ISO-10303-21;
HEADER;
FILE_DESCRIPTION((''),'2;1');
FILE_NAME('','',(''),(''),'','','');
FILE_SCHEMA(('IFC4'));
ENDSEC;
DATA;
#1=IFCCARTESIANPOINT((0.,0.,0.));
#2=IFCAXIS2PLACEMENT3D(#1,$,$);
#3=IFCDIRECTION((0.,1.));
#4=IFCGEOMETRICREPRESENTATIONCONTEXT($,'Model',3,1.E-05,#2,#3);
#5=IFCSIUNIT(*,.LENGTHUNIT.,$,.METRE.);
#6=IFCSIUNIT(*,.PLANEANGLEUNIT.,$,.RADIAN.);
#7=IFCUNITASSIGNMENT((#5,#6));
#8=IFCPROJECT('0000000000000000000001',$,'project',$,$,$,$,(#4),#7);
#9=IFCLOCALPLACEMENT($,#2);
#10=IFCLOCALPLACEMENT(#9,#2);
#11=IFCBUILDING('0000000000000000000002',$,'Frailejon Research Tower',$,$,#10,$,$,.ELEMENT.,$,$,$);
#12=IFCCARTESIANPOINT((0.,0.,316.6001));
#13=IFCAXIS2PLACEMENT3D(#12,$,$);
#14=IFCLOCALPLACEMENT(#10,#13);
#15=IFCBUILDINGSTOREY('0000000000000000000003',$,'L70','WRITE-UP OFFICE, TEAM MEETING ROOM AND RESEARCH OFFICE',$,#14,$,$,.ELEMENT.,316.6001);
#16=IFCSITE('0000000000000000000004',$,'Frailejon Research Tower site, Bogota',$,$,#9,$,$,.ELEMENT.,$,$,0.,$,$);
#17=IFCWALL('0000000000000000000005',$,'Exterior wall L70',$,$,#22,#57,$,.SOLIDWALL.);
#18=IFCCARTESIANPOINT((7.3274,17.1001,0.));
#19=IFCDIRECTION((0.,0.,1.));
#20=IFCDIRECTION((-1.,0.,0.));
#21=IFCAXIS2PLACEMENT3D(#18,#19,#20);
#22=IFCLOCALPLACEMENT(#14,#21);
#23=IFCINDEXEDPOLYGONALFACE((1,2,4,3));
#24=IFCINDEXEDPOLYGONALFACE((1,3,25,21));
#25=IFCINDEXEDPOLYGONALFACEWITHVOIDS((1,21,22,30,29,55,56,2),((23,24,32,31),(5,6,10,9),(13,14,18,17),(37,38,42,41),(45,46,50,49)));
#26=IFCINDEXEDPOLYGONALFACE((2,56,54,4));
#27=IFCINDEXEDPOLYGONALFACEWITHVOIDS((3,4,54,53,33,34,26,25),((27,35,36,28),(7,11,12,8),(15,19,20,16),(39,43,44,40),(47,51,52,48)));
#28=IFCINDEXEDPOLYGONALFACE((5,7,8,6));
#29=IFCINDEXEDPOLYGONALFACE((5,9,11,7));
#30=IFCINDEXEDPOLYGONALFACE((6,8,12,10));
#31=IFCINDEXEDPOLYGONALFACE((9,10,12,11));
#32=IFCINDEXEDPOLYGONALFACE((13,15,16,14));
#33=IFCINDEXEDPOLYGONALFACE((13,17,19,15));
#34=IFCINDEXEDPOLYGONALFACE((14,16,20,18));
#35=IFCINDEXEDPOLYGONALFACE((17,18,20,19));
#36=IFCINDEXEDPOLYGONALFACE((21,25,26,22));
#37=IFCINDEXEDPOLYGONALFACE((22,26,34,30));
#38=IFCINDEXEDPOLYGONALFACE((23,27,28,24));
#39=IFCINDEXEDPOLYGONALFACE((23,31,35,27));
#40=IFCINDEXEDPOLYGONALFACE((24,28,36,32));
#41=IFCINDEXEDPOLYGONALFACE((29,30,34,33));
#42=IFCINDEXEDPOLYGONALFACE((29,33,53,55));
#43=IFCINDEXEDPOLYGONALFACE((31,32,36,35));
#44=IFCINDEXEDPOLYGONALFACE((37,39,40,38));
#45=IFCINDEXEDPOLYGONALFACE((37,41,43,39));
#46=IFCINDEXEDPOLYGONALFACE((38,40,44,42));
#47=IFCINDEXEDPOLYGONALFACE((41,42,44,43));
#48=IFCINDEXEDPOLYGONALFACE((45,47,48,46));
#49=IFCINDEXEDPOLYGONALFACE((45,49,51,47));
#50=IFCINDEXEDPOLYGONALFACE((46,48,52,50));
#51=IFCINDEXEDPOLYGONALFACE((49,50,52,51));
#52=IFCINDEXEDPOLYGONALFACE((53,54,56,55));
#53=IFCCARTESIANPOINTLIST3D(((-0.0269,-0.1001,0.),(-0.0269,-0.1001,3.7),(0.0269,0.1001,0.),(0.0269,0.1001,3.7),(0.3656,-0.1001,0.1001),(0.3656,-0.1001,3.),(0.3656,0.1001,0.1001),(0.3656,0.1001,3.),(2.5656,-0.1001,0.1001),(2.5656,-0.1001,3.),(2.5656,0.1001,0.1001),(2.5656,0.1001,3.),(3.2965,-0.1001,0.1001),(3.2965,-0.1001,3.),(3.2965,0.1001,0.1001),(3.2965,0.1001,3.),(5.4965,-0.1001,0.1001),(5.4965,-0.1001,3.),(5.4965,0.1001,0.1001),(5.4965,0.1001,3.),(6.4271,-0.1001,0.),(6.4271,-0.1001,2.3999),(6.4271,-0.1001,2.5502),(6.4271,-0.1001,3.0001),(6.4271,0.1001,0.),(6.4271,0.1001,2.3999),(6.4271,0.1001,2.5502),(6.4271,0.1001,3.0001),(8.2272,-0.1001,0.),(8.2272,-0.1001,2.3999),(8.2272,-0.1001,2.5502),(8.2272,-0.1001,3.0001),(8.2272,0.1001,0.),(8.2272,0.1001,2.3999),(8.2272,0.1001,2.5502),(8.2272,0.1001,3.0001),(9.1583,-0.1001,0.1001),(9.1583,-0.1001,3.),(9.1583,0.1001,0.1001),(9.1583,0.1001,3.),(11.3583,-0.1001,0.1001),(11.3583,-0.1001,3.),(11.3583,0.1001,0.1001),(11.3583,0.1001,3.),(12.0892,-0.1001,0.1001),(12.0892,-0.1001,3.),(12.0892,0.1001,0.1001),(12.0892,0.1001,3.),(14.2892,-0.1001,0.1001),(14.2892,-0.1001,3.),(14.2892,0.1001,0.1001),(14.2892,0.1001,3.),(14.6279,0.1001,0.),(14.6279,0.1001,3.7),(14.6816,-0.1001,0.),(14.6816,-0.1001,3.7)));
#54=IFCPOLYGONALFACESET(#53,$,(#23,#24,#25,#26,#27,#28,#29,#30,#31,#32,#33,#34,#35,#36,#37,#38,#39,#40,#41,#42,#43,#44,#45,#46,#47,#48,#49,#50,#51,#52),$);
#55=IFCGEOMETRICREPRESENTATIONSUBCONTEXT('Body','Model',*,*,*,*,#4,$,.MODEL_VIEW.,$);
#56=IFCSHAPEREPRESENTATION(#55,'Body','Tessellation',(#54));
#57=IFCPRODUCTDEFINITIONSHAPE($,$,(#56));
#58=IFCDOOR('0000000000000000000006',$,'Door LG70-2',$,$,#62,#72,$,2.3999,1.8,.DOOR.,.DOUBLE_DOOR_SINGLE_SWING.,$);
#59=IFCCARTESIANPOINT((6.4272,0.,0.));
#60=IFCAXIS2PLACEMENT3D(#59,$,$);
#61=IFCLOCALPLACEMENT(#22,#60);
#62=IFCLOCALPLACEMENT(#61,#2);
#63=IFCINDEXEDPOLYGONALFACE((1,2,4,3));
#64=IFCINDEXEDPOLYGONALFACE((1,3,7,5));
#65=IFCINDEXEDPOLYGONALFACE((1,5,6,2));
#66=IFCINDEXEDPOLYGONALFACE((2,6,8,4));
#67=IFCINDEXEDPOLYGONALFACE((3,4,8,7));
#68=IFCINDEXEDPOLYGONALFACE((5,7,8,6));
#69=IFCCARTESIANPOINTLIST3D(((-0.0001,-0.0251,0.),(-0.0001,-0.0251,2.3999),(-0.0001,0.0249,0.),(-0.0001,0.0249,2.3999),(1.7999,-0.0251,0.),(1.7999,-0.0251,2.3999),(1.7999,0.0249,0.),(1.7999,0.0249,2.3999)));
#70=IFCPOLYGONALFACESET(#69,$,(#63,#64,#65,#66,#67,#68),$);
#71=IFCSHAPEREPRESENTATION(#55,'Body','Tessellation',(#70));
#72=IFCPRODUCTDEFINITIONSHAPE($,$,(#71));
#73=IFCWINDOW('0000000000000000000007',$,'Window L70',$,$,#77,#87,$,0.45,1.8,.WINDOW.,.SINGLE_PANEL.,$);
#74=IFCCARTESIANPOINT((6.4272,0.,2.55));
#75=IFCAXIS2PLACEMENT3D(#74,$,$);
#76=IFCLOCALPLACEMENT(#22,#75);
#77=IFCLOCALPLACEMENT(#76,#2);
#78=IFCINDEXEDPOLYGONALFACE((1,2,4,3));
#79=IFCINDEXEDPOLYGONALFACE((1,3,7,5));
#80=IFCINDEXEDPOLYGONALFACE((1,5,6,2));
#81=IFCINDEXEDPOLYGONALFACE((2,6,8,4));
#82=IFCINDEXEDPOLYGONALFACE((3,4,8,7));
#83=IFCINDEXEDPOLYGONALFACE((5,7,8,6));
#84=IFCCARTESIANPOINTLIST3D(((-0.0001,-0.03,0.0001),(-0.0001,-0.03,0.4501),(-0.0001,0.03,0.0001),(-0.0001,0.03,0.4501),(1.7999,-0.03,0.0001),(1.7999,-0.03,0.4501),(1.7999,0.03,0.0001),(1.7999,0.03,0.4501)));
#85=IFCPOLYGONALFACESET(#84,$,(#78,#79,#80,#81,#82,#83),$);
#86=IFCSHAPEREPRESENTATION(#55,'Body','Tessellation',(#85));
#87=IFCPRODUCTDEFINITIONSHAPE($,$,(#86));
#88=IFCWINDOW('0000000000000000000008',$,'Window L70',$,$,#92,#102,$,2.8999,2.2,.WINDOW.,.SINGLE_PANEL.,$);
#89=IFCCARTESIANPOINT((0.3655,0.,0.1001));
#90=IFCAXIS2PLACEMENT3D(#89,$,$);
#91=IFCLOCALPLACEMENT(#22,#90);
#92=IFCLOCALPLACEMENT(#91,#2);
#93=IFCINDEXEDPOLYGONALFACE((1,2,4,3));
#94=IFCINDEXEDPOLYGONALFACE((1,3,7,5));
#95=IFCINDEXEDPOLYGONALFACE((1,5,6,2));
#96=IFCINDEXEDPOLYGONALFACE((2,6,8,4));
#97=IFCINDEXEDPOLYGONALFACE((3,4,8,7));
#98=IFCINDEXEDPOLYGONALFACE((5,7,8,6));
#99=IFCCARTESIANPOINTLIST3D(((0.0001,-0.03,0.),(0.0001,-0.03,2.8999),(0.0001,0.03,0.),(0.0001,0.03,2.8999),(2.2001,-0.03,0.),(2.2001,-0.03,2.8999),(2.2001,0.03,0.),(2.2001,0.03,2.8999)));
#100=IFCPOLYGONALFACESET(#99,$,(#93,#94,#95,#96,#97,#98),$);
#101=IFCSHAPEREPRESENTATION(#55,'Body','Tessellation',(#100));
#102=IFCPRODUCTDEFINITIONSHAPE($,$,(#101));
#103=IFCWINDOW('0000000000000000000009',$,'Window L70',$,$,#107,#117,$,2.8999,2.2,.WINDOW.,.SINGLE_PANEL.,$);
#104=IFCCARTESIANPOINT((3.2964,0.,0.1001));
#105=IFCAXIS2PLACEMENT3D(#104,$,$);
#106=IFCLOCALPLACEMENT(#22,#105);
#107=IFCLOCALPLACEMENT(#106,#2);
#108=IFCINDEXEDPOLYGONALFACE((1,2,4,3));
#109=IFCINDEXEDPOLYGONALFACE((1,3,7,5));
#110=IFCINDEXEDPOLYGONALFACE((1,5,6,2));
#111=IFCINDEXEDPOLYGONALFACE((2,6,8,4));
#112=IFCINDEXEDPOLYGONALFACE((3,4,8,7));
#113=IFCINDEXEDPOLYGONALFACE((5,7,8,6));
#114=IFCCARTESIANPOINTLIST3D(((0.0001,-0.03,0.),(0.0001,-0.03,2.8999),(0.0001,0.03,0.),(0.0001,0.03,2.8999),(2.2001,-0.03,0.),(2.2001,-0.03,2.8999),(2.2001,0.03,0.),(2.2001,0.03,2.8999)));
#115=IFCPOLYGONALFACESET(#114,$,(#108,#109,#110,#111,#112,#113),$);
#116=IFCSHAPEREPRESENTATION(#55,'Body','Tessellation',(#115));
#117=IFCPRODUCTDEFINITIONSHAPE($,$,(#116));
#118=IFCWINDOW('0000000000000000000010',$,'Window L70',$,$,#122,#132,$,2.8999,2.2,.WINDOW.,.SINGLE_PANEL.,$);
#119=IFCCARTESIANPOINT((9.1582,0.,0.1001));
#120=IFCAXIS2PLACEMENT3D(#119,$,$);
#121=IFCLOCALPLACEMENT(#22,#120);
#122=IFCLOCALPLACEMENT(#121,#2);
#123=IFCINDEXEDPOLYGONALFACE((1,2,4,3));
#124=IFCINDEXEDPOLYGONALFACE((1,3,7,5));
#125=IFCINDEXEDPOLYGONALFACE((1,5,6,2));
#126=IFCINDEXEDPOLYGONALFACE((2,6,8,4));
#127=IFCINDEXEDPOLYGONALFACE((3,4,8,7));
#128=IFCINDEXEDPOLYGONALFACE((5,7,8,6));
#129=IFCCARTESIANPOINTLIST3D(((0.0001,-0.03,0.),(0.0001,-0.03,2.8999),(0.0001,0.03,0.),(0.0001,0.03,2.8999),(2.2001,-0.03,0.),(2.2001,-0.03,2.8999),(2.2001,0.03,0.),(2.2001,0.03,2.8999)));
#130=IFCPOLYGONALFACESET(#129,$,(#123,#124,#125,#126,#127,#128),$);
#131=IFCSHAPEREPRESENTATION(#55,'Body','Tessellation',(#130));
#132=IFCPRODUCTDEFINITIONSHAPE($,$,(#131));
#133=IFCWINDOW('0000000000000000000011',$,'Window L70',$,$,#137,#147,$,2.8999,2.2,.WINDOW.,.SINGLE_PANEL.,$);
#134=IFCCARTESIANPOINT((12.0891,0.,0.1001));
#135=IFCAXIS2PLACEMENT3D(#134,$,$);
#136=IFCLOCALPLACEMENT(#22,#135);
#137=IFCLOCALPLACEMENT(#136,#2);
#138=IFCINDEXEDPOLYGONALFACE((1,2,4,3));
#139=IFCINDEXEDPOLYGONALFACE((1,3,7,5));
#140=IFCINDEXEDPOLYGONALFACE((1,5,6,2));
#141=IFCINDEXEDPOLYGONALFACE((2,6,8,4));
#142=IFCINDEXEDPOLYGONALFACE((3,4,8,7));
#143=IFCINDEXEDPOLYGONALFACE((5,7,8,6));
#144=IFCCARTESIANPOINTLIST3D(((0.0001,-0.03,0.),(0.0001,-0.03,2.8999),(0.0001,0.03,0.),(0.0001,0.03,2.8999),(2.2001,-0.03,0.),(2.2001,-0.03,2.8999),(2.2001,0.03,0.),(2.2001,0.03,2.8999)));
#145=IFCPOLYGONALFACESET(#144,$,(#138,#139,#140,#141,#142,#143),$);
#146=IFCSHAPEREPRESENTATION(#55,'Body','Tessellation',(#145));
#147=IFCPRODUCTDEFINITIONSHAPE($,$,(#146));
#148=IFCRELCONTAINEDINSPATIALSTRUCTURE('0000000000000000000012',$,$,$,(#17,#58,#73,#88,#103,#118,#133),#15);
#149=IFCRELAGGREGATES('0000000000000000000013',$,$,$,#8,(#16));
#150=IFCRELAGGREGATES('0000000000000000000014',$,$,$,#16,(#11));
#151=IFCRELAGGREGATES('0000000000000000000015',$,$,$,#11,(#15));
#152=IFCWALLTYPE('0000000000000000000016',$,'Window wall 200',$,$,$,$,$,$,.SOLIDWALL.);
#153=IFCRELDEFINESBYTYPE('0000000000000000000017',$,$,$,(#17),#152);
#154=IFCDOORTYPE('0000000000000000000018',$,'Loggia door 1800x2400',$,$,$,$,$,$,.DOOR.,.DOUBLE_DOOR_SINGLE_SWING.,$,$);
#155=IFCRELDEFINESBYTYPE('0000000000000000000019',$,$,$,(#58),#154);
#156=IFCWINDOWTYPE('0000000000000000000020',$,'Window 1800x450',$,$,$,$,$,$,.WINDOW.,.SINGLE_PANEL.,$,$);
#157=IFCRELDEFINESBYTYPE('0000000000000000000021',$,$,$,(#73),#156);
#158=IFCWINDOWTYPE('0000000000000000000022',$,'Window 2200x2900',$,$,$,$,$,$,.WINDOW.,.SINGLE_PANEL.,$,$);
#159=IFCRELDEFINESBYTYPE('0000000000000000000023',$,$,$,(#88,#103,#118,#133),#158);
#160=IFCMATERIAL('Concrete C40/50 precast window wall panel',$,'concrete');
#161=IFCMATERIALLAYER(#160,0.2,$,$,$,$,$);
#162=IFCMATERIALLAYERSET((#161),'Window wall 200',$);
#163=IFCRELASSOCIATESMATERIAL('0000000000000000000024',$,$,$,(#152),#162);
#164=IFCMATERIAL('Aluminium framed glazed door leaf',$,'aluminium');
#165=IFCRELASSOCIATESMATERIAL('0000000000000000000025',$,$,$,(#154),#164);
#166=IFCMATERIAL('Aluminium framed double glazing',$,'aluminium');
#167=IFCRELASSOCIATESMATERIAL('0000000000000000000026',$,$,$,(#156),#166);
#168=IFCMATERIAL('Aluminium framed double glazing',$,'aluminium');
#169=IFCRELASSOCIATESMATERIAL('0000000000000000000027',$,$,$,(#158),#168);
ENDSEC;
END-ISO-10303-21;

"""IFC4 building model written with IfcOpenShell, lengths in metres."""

from ifc_helpers import new_model, si_unit, direction, frame, frame_2d, origin, place, context, subcontext, project, spatial, polyline, rectangle, outline, extrude, material, layer, layer_set, type_object, element, fill, save


model = new_model("IFC4")

# Units and contexts
model_context = context("Model", 3, precision=1e-05, world=origin(), true_north=direction((0.0, 1.0)))
body_context = subcontext(model_context, "Body", "Model", "MODEL_VIEW")
ifc_project = project(units=[si_unit("LENGTHUNIT", "METRE"), si_unit("PLANEANGLEUNIT", "RADIAN")], contexts=[model_context])

# Site, building, storey
site_placement = place(None, origin())
site = spatial("IfcSite", under=ifc_project, at=site_placement, Name="Frailejon Research Tower site, Bogota", CompositionType="ELEMENT", RefElevation=0.0)
building_placement = place(site_placement, origin())
building = spatial("IfcBuilding", under=site, at=building_placement, Name="Frailejon Research Tower", CompositionType="ELEMENT")
storey_placement = place(building_placement, frame((0.0, 0.0, 316.6001)))
storey = spatial("IfcBuildingStorey", under=building, at=storey_placement, Name="L70", Description="WRITE-UP OFFICE, TEAM MEETING ROOM AND RESEARCH OFFICE", CompositionType="ELEMENT", Elevation=316.6001)

# Wall, openings, door, windows
ifc_material_1 = material(Name="Concrete C40/50 precast window wall panel", Category="concrete")
ifc_layer_1 = layer(ifc_material_1, 0.2)
ifc_layer_set_1 = layer_set([ifc_layer_1], Name="Window wall 200")
wall_type = type_object("IfcWallType", Name="Window wall 200", PredefinedType="SOLIDWALL", material=ifc_layer_set_1)
wall_placement = place(storey_placement, frame((7.3274, 17.1001, 0.0), z_axis=(0.0, 0.0, 1.0), x_axis=(-1.0, 0.0, 0.0)))
wall = element("IfcWall", 1, at=wall_placement, inside=storey, type_object=wall_type, Name="Exterior wall L70", PredefinedType="SOLIDWALL", context=body_context, shape_type="SweptSolid", body=[
    extrude(outline(polyline([(-0.0269, -0.1001), (1.0237, -0.1001), (2.0745, -0.1001), (3.125, -0.1001), (4.1755, -0.1001), (5.2261, -0.1001), (6.2769, -0.1001), (7.3274, -0.1001), (8.3779, -0.1001), (9.4287, -0.1001), (10.4792, -0.1001), (11.5298, -0.1001), (12.5803, -0.1001), (13.6311, -0.1001), (14.6816, -0.1001), (14.6279, 0.1001), (13.585, 0.1001), (12.542, 0.1001), (11.499, 0.1001), (10.4563, 0.1001), (9.4133, 0.1001), (8.3704, 0.1001), (7.3274, 0.1001), (6.2844, 0.1001), (5.2415, 0.1001), (4.1985, 0.1001), (3.1558, 0.1001), (2.1128, 0.1001), (1.0698, 0.1001), (0.0269, 0.1001), (-0.0269, -0.1001)])), origin(), (0.0, 0.0, 1.0), 3.7),
])
opening_1_placement = place(wall_placement, frame((0.3655, 0.0, 0.1001)))
opening_1 = element("IfcOpeningElement", 2, at=opening_1_placement, cuts=wall, PredefinedType="OPENING", context=body_context, shape_type="SweptSolid", body=[
    extrude(rectangle(XDim=2.2, YDim=2.8999, at=frame_2d((1.1001, 1.45))), frame((0.0, 0.1099, 0.0), z_axis=(0.0, -1.0, 0.0), x_axis=(1.0, 0.0, 0.0)), (0.0, 0.0, 1.0), 0.22),
])
opening_2_placement = place(wall_placement, frame((3.2964, 0.0, 0.1001)))
opening_2 = element("IfcOpeningElement", 3, at=opening_2_placement, cuts=wall, PredefinedType="OPENING", context=body_context, shape_type="SweptSolid", body=[
    extrude(rectangle(XDim=2.2, YDim=2.8999, at=frame_2d((1.1001, 1.45))), frame((0.0, 0.1099, 0.0), z_axis=(0.0, -1.0, 0.0), x_axis=(1.0, 0.0, 0.0)), (0.0, 0.0, 1.0), 0.22),
])
opening_3_placement = place(wall_placement, frame((6.4272, 0.0, 0.0)))
opening_3 = element("IfcOpeningElement", 4, at=opening_3_placement, cuts=wall, PredefinedType="OPENING", context=body_context, shape_type="SweptSolid", body=[
    extrude(rectangle(XDim=1.8, YDim=2.3999, at=frame_2d((0.8999, 1.2))), frame((0.0, 0.1099, 0.0), z_axis=(0.0, -1.0, 0.0), x_axis=(1.0, 0.0, 0.0)), (0.0, 0.0, 1.0), 0.22),
])
opening_4_placement = place(wall_placement, frame((6.4272, 0.0, 2.55)))
opening_4 = element("IfcOpeningElement", 5, at=opening_4_placement, cuts=wall, PredefinedType="OPENING", context=body_context, shape_type="SweptSolid", body=[
    extrude(rectangle(XDim=1.8, YDim=0.45, at=frame_2d((0.8999, 0.2251))), frame((0.0, 0.1099, 0.0), z_axis=(0.0, -1.0, 0.0), x_axis=(1.0, 0.0, 0.0)), (0.0, 0.0, 1.0), 0.22),
])
opening_5_placement = place(wall_placement, frame((9.1582, 0.0, 0.1001)))
opening_5 = element("IfcOpeningElement", 6, at=opening_5_placement, cuts=wall, PredefinedType="OPENING", context=body_context, shape_type="SweptSolid", body=[
    extrude(rectangle(XDim=2.2, YDim=2.8999, at=frame_2d((1.1001, 1.45))), frame((0.0, 0.1099, 0.0), z_axis=(0.0, -1.0, 0.0), x_axis=(1.0, 0.0, 0.0)), (0.0, 0.0, 1.0), 0.22),
])
opening_6_placement = place(wall_placement, frame((12.0891, 0.0, 0.1001)))
opening_6 = element("IfcOpeningElement", 7, at=opening_6_placement, cuts=wall, PredefinedType="OPENING", context=body_context, shape_type="SweptSolid", body=[
    extrude(rectangle(XDim=2.2, YDim=2.8999, at=frame_2d((1.1001, 1.45))), frame((0.0, 0.1099, 0.0), z_axis=(0.0, -1.0, 0.0), x_axis=(1.0, 0.0, 0.0)), (0.0, 0.0, 1.0), 0.22),
])
ifc_material_2 = material(Name="Aluminium framed glazed door leaf", Category="aluminium")
door_type = type_object("IfcDoorType", Name="Loggia door 1800x2400", OperationType="DOUBLE_DOOR_SINGLE_SWING", PredefinedType="DOOR", material=ifc_material_2)
door_placement = place(opening_3_placement, origin())
door = element("IfcDoor", 8, at=door_placement, inside=storey, type_object=door_type, Name="Door LG70-2", OperationType="DOUBLE_DOOR_SINGLE_SWING", OverallHeight=2.3999, OverallWidth=1.8, PredefinedType="DOOR", context=body_context, shape_type="SweptSolid", body=[
    extrude(rectangle(XDim=1.8, YDim=2.3999, at=frame_2d((0.8999, 1.2))), frame((0.0, 0.0249, 0.0), z_axis=(0.0, -1.0, 0.0), x_axis=(1.0, 0.0, 0.0)), (0.0, 0.0, 1.0), 0.05),
])
fill(opening_3, door)
ifc_material_3 = material(Name="Aluminium framed double glazing", Category="aluminium")
window_type_1 = type_object("IfcWindowType", Name="Window 1800x450", PartitioningType="SINGLE_PANEL", PredefinedType="WINDOW", material=ifc_material_3)
window_1_placement = place(opening_4_placement, origin())
window_1 = element("IfcWindow", 9, at=window_1_placement, inside=storey, type_object=window_type_1, Name="Window L70", OverallHeight=0.45, OverallWidth=1.8, PartitioningType="SINGLE_PANEL", PredefinedType="WINDOW", context=body_context, shape_type="SweptSolid", body=[
    extrude(rectangle(XDim=1.8, YDim=0.45, at=frame_2d((0.8999, 0.2251))), frame((0.0, 0.03, 0.0), z_axis=(0.0, -1.0, 0.0), x_axis=(1.0, 0.0, 0.0)), (0.0, 0.0, 1.0), 0.0601),
])
fill(opening_4, window_1)
ifc_material_4 = material(Name="Aluminium framed double glazing", Category="aluminium")
window_type_2 = type_object("IfcWindowType", Name="Window 2200x2900", PartitioningType="SINGLE_PANEL", PredefinedType="WINDOW", material=ifc_material_4)
window_2_placement = place(opening_1_placement, origin())
window_2 = element("IfcWindow", 10, at=window_2_placement, inside=storey, type_object=window_type_2, Name="Window L70", OverallHeight=2.8999, OverallWidth=2.2, PartitioningType="SINGLE_PANEL", PredefinedType="WINDOW", context=body_context, shape_type="SweptSolid", body=[
    extrude(rectangle(XDim=2.2, YDim=2.8999, at=frame_2d((1.1001, 1.45))), frame((0.0, 0.03, 0.0), z_axis=(0.0, -1.0, 0.0), x_axis=(1.0, 0.0, 0.0)), (0.0, 0.0, 1.0), 0.0601),
])
fill(opening_1, window_2)
window_3_placement = place(opening_2_placement, origin())
window_3 = element("IfcWindow", 11, at=window_3_placement, inside=storey, type_object=window_type_2, Name="Window L70", OverallHeight=2.8999, OverallWidth=2.2, PartitioningType="SINGLE_PANEL", PredefinedType="WINDOW", context=body_context, shape_type="SweptSolid", body=[
    extrude(rectangle(XDim=2.2, YDim=2.8999, at=frame_2d((1.1001, 1.45))), frame((0.0, 0.03, 0.0), z_axis=(0.0, -1.0, 0.0), x_axis=(1.0, 0.0, 0.0)), (0.0, 0.0, 1.0), 0.0601),
])
fill(opening_2, window_3)
window_4_placement = place(opening_5_placement, origin())
window_4 = element("IfcWindow", 12, at=window_4_placement, inside=storey, type_object=window_type_2, Name="Window L70", OverallHeight=2.8999, OverallWidth=2.2, PartitioningType="SINGLE_PANEL", PredefinedType="WINDOW", context=body_context, shape_type="SweptSolid", body=[
    extrude(rectangle(XDim=2.2, YDim=2.8999, at=frame_2d((1.1001, 1.45))), frame((0.0, 0.03, 0.0), z_axis=(0.0, -1.0, 0.0), x_axis=(1.0, 0.0, 0.0)), (0.0, 0.0, 1.0), 0.0601),
])
fill(opening_5, window_4)
window_5_placement = place(opening_6_placement, origin())
window_5 = element("IfcWindow", 13, at=window_5_placement, inside=storey, type_object=window_type_2, Name="Window L70", OverallHeight=2.8999, OverallWidth=2.2, PartitioningType="SINGLE_PANEL", PredefinedType="WINDOW", context=body_context, shape_type="SweptSolid", body=[
    extrude(rectangle(XDim=2.2, YDim=2.8999, at=frame_2d((1.1001, 1.45))), frame((0.0, 0.03, 0.0), z_axis=(0.0, -1.0, 0.0), x_axis=(1.0, 0.0, 0.0)), (0.0, 0.0, 1.0), 0.0601),
])
fill(opening_6, window_5)

save(model, "model.ifc")
